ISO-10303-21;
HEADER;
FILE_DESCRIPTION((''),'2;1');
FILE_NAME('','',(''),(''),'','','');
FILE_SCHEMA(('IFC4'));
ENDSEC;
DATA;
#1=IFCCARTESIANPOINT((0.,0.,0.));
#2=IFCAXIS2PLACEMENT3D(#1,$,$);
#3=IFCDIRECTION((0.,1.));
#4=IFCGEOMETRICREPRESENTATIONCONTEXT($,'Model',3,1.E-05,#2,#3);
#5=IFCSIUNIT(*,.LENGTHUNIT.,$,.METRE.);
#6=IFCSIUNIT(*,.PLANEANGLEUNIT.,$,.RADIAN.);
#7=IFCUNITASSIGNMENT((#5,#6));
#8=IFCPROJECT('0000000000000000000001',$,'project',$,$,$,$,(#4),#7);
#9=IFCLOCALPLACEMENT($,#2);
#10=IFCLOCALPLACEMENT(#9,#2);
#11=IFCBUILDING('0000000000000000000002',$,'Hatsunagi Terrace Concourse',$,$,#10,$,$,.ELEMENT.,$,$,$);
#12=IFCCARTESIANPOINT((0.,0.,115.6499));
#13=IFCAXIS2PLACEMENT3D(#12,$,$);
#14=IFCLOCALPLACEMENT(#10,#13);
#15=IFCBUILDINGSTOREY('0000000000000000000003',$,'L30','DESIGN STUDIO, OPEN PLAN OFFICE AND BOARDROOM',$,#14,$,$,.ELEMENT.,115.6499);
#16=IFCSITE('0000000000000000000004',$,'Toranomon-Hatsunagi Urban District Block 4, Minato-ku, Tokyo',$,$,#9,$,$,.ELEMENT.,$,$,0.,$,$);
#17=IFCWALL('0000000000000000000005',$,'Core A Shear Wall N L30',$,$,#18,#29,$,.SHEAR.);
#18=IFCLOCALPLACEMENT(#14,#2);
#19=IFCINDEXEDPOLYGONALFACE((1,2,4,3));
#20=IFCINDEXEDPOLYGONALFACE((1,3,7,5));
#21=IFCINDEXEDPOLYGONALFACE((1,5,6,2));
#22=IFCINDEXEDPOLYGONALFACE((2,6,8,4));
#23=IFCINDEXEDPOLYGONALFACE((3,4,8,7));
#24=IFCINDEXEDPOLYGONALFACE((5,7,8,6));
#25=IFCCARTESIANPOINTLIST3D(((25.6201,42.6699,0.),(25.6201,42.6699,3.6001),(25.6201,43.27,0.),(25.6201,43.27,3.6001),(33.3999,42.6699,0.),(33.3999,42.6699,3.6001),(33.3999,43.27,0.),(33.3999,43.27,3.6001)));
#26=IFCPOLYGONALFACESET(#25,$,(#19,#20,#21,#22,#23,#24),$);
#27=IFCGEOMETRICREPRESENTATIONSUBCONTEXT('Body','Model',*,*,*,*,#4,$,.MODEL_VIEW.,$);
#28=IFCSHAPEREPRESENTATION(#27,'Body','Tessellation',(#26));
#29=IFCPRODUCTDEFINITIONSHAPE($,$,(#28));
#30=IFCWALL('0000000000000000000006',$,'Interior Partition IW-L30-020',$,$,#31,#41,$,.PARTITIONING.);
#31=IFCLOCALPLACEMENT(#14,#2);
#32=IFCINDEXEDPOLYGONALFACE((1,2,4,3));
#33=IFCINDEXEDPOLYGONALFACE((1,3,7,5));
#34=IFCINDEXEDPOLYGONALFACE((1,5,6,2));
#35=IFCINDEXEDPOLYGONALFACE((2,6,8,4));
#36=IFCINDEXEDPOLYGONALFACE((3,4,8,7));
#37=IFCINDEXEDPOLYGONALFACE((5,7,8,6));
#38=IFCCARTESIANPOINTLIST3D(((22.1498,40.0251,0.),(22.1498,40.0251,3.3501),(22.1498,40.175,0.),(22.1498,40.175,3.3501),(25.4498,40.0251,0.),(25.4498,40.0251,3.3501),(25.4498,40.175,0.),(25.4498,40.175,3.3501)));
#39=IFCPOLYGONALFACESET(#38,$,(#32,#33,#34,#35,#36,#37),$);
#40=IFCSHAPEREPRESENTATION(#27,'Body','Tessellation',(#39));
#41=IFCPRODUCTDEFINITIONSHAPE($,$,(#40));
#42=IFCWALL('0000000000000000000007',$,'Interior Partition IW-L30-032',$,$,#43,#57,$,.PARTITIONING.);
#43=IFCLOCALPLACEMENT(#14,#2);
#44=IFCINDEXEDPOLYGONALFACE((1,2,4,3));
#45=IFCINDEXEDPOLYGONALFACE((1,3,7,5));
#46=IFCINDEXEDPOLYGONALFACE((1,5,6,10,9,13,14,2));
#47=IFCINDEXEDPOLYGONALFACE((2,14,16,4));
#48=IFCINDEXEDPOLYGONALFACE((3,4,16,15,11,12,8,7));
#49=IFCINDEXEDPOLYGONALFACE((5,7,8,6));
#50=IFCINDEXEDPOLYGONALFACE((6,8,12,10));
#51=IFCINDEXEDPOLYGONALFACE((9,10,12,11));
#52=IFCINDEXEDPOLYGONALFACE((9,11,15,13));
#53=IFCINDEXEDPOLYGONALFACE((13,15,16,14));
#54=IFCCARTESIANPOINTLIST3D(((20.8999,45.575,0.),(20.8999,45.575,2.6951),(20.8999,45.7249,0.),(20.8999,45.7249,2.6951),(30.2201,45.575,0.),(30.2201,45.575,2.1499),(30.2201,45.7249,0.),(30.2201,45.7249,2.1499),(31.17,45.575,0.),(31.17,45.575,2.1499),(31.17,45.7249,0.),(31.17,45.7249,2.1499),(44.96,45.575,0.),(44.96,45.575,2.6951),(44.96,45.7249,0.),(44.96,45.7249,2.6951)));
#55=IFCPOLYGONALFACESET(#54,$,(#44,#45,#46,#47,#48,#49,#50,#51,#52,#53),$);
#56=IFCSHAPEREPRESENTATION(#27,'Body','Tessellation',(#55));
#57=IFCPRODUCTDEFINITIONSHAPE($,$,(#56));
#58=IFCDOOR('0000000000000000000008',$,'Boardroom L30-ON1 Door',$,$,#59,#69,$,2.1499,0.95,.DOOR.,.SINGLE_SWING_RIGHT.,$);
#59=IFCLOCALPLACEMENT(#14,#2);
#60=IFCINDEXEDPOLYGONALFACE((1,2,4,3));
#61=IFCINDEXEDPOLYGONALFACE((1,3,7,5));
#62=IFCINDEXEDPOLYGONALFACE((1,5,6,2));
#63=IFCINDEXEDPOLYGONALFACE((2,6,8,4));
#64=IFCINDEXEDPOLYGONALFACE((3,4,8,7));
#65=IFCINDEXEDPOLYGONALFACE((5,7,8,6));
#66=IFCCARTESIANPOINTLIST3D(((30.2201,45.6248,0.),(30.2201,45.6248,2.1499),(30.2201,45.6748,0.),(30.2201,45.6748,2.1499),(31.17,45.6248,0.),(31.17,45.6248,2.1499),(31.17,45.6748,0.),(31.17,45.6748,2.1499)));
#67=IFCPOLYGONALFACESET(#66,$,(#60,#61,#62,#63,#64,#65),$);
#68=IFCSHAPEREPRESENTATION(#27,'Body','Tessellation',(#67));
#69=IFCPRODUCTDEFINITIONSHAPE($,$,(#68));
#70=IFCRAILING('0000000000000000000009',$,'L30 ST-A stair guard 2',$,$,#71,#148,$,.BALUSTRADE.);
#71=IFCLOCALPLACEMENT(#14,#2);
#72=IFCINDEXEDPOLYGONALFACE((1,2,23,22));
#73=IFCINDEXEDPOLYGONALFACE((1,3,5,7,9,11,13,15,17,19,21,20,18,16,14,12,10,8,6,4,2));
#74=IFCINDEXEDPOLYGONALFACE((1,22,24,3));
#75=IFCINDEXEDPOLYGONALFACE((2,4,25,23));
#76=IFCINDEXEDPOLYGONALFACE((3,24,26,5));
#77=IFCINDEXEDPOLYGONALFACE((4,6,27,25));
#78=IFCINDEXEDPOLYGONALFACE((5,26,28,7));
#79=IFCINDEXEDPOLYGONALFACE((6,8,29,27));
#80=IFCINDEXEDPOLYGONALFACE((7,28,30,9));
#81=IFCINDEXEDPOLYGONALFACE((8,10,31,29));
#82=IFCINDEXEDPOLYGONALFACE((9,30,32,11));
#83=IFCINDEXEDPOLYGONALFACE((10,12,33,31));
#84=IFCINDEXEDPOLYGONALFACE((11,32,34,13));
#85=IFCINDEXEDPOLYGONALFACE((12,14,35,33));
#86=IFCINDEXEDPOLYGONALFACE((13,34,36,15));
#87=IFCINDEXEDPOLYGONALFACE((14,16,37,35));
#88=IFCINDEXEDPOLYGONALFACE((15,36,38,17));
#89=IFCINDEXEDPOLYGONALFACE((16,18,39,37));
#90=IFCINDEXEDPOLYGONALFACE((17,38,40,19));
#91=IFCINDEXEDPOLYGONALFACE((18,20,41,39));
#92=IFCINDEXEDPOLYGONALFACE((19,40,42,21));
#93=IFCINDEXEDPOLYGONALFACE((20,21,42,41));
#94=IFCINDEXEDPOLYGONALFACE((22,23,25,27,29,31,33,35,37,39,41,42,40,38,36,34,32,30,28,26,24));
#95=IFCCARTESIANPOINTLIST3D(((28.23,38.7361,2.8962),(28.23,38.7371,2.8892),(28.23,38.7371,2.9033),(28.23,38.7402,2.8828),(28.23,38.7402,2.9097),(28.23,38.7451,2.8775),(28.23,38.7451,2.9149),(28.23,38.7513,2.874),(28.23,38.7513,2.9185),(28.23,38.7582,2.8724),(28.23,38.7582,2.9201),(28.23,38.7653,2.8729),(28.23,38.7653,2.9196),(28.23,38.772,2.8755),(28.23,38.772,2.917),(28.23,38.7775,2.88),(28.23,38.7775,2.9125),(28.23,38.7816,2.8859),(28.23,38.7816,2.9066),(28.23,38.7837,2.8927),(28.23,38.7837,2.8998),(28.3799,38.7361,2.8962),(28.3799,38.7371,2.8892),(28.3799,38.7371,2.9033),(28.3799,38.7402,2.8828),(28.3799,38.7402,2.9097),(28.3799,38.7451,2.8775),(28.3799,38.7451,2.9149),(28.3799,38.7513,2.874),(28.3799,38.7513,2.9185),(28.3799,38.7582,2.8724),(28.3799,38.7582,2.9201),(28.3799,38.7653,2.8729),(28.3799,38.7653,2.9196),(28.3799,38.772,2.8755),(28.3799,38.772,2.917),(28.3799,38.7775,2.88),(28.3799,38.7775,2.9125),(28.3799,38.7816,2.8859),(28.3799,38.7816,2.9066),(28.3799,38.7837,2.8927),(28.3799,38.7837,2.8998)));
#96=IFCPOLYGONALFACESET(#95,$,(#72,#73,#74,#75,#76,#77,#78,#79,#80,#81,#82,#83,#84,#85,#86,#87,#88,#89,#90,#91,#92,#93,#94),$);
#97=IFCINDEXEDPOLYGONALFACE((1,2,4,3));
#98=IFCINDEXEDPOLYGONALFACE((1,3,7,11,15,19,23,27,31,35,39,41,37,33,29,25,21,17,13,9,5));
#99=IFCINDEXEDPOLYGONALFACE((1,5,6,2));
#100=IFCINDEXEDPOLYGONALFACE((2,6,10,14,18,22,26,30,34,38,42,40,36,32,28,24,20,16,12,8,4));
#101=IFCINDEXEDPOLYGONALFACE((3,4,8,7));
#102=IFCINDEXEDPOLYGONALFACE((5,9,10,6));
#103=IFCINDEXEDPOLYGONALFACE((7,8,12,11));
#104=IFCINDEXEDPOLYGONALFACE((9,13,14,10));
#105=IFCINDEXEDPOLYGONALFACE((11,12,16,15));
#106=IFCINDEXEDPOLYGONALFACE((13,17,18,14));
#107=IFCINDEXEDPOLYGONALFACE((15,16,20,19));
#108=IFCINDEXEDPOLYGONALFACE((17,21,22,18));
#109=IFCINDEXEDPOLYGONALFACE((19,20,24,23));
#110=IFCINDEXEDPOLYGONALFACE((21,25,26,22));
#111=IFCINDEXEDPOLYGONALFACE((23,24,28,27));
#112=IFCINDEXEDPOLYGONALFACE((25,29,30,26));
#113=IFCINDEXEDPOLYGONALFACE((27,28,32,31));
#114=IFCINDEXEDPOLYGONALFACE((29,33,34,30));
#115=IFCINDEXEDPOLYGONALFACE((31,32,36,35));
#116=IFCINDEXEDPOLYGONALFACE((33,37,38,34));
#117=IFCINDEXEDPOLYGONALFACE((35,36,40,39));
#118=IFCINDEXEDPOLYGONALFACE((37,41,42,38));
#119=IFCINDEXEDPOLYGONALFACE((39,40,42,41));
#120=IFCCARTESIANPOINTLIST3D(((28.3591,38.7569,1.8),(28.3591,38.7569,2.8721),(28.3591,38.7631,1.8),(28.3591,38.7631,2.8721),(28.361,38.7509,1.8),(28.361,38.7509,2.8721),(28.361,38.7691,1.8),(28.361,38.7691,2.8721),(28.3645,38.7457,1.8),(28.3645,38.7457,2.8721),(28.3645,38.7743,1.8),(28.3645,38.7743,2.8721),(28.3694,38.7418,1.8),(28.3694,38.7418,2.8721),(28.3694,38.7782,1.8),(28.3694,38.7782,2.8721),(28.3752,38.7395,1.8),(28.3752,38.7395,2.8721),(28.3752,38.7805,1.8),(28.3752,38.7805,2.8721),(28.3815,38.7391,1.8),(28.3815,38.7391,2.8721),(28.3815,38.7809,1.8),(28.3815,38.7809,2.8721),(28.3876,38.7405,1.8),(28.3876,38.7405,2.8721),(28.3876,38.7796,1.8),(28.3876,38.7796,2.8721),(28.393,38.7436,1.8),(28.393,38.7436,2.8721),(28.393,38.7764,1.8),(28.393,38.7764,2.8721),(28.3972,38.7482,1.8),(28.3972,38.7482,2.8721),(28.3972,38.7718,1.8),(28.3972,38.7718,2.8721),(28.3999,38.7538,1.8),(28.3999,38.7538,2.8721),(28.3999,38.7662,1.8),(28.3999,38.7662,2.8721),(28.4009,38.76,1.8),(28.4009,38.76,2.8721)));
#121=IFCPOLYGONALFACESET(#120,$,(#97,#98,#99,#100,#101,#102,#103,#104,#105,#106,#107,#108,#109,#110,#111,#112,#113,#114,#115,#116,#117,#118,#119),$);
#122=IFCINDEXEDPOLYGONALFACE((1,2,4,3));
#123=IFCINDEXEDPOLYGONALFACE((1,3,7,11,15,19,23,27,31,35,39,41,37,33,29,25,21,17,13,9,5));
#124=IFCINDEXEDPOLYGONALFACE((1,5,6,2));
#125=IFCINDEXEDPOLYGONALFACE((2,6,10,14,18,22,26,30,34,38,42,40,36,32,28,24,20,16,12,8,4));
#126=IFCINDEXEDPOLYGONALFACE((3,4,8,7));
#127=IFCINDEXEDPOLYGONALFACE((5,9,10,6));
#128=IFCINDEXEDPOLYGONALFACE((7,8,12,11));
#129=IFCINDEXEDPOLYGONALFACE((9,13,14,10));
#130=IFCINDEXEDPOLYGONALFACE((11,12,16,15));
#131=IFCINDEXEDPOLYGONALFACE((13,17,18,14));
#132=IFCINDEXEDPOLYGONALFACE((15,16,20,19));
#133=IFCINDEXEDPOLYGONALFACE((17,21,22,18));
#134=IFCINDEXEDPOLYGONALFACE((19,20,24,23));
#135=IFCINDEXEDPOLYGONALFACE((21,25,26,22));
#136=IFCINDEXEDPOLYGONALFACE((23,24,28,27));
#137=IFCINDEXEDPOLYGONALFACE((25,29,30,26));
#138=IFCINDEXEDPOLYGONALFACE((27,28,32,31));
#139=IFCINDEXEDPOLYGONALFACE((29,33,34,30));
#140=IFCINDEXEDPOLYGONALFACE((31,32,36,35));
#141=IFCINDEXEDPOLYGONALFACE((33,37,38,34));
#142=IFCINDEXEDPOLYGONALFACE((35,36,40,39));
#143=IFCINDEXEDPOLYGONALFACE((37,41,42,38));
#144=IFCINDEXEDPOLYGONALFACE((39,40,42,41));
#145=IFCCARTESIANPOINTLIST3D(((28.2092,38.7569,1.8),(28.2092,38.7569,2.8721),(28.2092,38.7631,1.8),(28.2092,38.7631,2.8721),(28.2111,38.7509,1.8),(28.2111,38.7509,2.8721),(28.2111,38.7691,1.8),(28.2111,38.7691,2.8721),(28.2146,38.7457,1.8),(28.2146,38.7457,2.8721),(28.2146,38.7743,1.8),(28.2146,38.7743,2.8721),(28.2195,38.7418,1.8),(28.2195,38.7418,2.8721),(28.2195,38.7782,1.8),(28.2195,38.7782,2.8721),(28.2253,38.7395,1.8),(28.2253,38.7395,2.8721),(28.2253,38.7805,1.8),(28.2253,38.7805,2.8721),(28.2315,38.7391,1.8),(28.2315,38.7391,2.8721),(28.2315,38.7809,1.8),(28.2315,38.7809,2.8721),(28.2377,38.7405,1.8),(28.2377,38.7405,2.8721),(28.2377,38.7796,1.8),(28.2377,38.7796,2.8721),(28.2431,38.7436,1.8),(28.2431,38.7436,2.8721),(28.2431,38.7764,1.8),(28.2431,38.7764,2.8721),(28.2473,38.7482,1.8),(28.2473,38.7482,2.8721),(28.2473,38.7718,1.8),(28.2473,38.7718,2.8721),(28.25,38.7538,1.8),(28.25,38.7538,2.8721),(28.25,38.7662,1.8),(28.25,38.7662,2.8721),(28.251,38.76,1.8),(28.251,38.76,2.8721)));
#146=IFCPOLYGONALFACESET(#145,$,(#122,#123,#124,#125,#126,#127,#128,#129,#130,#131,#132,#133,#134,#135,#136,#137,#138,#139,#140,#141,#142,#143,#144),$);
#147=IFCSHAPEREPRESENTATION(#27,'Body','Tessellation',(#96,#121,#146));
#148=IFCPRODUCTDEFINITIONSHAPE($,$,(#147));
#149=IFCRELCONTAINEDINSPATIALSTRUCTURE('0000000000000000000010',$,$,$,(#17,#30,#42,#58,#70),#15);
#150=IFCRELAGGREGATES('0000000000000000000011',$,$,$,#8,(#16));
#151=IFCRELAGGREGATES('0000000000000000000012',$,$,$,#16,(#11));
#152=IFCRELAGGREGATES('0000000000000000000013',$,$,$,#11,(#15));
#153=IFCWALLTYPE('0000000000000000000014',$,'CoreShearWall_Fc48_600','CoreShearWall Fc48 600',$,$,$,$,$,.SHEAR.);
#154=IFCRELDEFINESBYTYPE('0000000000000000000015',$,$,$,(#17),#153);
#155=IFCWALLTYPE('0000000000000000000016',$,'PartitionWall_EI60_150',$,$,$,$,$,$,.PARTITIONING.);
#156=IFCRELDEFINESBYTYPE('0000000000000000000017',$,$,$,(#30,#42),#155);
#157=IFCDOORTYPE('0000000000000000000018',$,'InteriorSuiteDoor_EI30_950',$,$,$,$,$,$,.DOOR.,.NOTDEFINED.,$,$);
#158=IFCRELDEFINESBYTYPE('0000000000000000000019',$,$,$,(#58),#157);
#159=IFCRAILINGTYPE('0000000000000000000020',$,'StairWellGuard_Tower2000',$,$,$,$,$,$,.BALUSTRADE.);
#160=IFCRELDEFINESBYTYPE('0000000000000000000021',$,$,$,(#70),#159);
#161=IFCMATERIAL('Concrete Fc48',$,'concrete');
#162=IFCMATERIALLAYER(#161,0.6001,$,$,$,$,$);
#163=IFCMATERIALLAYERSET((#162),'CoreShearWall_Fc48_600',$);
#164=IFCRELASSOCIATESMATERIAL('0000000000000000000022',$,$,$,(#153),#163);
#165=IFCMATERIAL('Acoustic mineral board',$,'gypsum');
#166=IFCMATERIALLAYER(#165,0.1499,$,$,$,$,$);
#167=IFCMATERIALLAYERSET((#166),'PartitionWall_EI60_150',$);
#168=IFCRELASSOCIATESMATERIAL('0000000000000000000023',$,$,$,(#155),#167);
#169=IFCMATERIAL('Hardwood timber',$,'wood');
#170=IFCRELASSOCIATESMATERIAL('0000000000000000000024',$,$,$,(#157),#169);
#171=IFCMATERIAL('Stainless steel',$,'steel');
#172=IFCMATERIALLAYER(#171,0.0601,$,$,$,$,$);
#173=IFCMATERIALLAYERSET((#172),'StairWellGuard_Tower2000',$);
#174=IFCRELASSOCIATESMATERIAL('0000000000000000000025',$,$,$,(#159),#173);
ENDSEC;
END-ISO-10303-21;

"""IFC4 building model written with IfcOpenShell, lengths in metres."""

from ifc_helpers import new_model, si_unit, direction, frame, frame_2d, origin, origin_2d, place, context, subcontext, project, spatial, rectangle, circle, extrude, material, layer, layer_set, type_object, element, fill, save


model = new_model("IFC4")

# Units and contexts
model_context = context("Model", 3, precision=1e-05, world=origin(), true_north=direction((0.0, 1.0)))
body_context = subcontext(model_context, "Body", "Model", "MODEL_VIEW")
ifc_project = project(units=[si_unit("LENGTHUNIT", "METRE"), si_unit("PLANEANGLEUNIT", "RADIAN")], contexts=[model_context])

# Site, building, storey
site_placement = place(None, origin())
site = spatial("IfcSite", under=ifc_project, at=site_placement, Name="Toranomon-Hatsunagi Urban District Block 4, Minato-ku, Tokyo", CompositionType="ELEMENT", RefElevation=0.0)
building_placement = place(site_placement, origin())
building = spatial("IfcBuilding", under=site, at=building_placement, Name="Hatsunagi Terrace Concourse", CompositionType="ELEMENT")
storey_placement = place(building_placement, frame((0.0, 0.0, 115.6499)))
storey = spatial("IfcBuildingStorey", under=building, at=storey_placement, Name="L30", Description="DESIGN STUDIO, OPEN PLAN OFFICE AND BOARDROOM", CompositionType="ELEMENT", Elevation=115.6499)

# Walls
ifc_material_1 = material(Name="Concrete Fc48", Category="concrete")
ifc_layer_1 = layer(ifc_material_1, 0.6001)
ifc_layer_set_1 = layer_set([ifc_layer_1], Name="CoreShearWall_Fc48_600")
wall_type_1 = type_object("IfcWallType", Name="CoreShearWall_Fc48_600", Description="CoreShearWall Fc48 600", PredefinedType="SHEAR", material=ifc_layer_set_1)
wall_1_placement = place(storey_placement, frame((25.6201, 42.97, 0.0), z_axis=(0.0, 0.0, 1.0), x_axis=(1.0, 0.0, 0.0)))
element("IfcWall", 1, at=wall_1_placement, inside=storey, type_object=wall_type_1, Name="Core A Shear Wall N L30", PredefinedType="SHEAR", context=body_context, shape_type="SweptSolid", body=[
    extrude(rectangle(XDim=7.7798, YDim=0.6001, at=frame_2d((3.8899, 0.0))), origin(), (0.0, 0.0, 1.0), 3.6001),
])
ifc_material_2 = material(Name="Acoustic mineral board", Category="gypsum")
ifc_layer_2 = layer(ifc_material_2, 0.1499)
ifc_layer_set_2 = layer_set([ifc_layer_2], Name="PartitionWall_EI60_150")
wall_type_2 = type_object("IfcWallType", Name="PartitionWall_EI60_150", PredefinedType="PARTITIONING", material=ifc_layer_set_2)
wall_2_placement = place(storey_placement, frame((22.1499, 40.1001, 0.0), z_axis=(0.0, 0.0, 1.0), x_axis=(1.0, 0.0, 0.0)))
element("IfcWall", 2, at=wall_2_placement, inside=storey, type_object=wall_type_2, Name="Interior Partition IW-L30-020", PredefinedType="PARTITIONING", context=body_context, shape_type="SweptSolid", body=[
    extrude(rectangle(XDim=3.3, YDim=0.1499, at=frame_2d((1.6499, 0.0))), origin(), (0.0, 0.0, 1.0), 3.3501),
])

# Wall, opening, door
wall_3_placement = place(storey_placement, frame((20.8999, 45.6499, 0.0), z_axis=(0.0, 0.0, 1.0), x_axis=(1.0, 0.0, 0.0)))
wall_3 = element("IfcWall", 3, at=wall_3_placement, inside=storey, type_object=wall_type_2, Name="Interior Partition IW-L30-032", PredefinedType="PARTITIONING", context=body_context, shape_type="SweptSolid", body=[
    extrude(rectangle(XDim=24.0601, YDim=0.1499, at=frame_2d((12.03, 0.0))), origin(), (0.0, 0.0, 1.0), 2.6951),
])
opening_placement = place(wall_3_placement, frame((9.3201, 0.0, 0.0)))
opening = element("IfcOpeningElement", 4, at=opening_placement, cuts=wall_3, PredefinedType="OPENING", context=body_context, shape_type="SweptSolid", body=[
    extrude(rectangle(XDim=0.95, YDim=2.1499, at=frame_2d((0.4751, 1.075))), frame((0.0, 0.085, 0.0), z_axis=(0.0, -1.0, 0.0), x_axis=(1.0, 0.0, 0.0)), (0.0, 0.0, 1.0), 0.1699),
])
ifc_material_3 = material(Name="Hardwood timber", Category="wood")
door_type = type_object("IfcDoorType", Name="InteriorSuiteDoor_EI30_950", OperationType="NOTDEFINED", PredefinedType="DOOR", material=ifc_material_3)
door_placement = place(opening_placement, origin())
door = element("IfcDoor", 5, at=door_placement, inside=storey, type_object=door_type, Name="Boardroom L30-ON1 Door", OperationType="SINGLE_SWING_RIGHT", OverallHeight=2.1499, OverallWidth=0.95, PredefinedType="DOOR", context=body_context, shape_type="SweptSolid", body=[
    extrude(rectangle(XDim=0.95, YDim=2.1499, at=frame_2d((0.4751, 1.075))), frame((0.0, 0.0249, 0.0), z_axis=(0.0, -1.0, 0.0), x_axis=(1.0, 0.0, 0.0)), (0.0, 0.0, 1.0), 0.05),
])
fill(opening, door)

# Railing
ifc_material_4 = material(Name="Stainless steel", Category="steel")
ifc_layer_3 = layer(ifc_material_4, 0.0601)
ifc_layer_set_3 = layer_set([ifc_layer_3], Name="StairWellGuard_Tower2000")
railing_type = type_object("IfcRailingType", Name="StairWellGuard_Tower2000", PredefinedType="BALUSTRADE", material=ifc_layer_set_3)
railing_placement = place(storey_placement, frame((28.3799, 38.76, 1.8)))
element("IfcRailing", 6, at=railing_placement, inside=storey, type_object=railing_type, Name="L30 ST-A stair guard 2", PredefinedType="BALUSTRADE", context=body_context, shape_type="SweptSolid", body=[
    extrude(circle(Radius=0.0239, at=origin_2d()), frame((0.0, 0.0, 1.0962), z_axis=(-1.0, 0.0, 0.0), x_axis=(0.0, -1.0, 0.0)), (0.0, 0.0, 1.0), 0.1499),
    extrude(circle(Radius=0.021, at=origin_2d()), origin(), (0.0, 0.0, 1.0), 1.072),
    extrude(circle(Radius=0.021, at=origin_2d()), frame((-0.1499, 0.0, 0.0)), (0.0, 0.0, 1.0), 1.072),
])

save(model, "model.ifc")
